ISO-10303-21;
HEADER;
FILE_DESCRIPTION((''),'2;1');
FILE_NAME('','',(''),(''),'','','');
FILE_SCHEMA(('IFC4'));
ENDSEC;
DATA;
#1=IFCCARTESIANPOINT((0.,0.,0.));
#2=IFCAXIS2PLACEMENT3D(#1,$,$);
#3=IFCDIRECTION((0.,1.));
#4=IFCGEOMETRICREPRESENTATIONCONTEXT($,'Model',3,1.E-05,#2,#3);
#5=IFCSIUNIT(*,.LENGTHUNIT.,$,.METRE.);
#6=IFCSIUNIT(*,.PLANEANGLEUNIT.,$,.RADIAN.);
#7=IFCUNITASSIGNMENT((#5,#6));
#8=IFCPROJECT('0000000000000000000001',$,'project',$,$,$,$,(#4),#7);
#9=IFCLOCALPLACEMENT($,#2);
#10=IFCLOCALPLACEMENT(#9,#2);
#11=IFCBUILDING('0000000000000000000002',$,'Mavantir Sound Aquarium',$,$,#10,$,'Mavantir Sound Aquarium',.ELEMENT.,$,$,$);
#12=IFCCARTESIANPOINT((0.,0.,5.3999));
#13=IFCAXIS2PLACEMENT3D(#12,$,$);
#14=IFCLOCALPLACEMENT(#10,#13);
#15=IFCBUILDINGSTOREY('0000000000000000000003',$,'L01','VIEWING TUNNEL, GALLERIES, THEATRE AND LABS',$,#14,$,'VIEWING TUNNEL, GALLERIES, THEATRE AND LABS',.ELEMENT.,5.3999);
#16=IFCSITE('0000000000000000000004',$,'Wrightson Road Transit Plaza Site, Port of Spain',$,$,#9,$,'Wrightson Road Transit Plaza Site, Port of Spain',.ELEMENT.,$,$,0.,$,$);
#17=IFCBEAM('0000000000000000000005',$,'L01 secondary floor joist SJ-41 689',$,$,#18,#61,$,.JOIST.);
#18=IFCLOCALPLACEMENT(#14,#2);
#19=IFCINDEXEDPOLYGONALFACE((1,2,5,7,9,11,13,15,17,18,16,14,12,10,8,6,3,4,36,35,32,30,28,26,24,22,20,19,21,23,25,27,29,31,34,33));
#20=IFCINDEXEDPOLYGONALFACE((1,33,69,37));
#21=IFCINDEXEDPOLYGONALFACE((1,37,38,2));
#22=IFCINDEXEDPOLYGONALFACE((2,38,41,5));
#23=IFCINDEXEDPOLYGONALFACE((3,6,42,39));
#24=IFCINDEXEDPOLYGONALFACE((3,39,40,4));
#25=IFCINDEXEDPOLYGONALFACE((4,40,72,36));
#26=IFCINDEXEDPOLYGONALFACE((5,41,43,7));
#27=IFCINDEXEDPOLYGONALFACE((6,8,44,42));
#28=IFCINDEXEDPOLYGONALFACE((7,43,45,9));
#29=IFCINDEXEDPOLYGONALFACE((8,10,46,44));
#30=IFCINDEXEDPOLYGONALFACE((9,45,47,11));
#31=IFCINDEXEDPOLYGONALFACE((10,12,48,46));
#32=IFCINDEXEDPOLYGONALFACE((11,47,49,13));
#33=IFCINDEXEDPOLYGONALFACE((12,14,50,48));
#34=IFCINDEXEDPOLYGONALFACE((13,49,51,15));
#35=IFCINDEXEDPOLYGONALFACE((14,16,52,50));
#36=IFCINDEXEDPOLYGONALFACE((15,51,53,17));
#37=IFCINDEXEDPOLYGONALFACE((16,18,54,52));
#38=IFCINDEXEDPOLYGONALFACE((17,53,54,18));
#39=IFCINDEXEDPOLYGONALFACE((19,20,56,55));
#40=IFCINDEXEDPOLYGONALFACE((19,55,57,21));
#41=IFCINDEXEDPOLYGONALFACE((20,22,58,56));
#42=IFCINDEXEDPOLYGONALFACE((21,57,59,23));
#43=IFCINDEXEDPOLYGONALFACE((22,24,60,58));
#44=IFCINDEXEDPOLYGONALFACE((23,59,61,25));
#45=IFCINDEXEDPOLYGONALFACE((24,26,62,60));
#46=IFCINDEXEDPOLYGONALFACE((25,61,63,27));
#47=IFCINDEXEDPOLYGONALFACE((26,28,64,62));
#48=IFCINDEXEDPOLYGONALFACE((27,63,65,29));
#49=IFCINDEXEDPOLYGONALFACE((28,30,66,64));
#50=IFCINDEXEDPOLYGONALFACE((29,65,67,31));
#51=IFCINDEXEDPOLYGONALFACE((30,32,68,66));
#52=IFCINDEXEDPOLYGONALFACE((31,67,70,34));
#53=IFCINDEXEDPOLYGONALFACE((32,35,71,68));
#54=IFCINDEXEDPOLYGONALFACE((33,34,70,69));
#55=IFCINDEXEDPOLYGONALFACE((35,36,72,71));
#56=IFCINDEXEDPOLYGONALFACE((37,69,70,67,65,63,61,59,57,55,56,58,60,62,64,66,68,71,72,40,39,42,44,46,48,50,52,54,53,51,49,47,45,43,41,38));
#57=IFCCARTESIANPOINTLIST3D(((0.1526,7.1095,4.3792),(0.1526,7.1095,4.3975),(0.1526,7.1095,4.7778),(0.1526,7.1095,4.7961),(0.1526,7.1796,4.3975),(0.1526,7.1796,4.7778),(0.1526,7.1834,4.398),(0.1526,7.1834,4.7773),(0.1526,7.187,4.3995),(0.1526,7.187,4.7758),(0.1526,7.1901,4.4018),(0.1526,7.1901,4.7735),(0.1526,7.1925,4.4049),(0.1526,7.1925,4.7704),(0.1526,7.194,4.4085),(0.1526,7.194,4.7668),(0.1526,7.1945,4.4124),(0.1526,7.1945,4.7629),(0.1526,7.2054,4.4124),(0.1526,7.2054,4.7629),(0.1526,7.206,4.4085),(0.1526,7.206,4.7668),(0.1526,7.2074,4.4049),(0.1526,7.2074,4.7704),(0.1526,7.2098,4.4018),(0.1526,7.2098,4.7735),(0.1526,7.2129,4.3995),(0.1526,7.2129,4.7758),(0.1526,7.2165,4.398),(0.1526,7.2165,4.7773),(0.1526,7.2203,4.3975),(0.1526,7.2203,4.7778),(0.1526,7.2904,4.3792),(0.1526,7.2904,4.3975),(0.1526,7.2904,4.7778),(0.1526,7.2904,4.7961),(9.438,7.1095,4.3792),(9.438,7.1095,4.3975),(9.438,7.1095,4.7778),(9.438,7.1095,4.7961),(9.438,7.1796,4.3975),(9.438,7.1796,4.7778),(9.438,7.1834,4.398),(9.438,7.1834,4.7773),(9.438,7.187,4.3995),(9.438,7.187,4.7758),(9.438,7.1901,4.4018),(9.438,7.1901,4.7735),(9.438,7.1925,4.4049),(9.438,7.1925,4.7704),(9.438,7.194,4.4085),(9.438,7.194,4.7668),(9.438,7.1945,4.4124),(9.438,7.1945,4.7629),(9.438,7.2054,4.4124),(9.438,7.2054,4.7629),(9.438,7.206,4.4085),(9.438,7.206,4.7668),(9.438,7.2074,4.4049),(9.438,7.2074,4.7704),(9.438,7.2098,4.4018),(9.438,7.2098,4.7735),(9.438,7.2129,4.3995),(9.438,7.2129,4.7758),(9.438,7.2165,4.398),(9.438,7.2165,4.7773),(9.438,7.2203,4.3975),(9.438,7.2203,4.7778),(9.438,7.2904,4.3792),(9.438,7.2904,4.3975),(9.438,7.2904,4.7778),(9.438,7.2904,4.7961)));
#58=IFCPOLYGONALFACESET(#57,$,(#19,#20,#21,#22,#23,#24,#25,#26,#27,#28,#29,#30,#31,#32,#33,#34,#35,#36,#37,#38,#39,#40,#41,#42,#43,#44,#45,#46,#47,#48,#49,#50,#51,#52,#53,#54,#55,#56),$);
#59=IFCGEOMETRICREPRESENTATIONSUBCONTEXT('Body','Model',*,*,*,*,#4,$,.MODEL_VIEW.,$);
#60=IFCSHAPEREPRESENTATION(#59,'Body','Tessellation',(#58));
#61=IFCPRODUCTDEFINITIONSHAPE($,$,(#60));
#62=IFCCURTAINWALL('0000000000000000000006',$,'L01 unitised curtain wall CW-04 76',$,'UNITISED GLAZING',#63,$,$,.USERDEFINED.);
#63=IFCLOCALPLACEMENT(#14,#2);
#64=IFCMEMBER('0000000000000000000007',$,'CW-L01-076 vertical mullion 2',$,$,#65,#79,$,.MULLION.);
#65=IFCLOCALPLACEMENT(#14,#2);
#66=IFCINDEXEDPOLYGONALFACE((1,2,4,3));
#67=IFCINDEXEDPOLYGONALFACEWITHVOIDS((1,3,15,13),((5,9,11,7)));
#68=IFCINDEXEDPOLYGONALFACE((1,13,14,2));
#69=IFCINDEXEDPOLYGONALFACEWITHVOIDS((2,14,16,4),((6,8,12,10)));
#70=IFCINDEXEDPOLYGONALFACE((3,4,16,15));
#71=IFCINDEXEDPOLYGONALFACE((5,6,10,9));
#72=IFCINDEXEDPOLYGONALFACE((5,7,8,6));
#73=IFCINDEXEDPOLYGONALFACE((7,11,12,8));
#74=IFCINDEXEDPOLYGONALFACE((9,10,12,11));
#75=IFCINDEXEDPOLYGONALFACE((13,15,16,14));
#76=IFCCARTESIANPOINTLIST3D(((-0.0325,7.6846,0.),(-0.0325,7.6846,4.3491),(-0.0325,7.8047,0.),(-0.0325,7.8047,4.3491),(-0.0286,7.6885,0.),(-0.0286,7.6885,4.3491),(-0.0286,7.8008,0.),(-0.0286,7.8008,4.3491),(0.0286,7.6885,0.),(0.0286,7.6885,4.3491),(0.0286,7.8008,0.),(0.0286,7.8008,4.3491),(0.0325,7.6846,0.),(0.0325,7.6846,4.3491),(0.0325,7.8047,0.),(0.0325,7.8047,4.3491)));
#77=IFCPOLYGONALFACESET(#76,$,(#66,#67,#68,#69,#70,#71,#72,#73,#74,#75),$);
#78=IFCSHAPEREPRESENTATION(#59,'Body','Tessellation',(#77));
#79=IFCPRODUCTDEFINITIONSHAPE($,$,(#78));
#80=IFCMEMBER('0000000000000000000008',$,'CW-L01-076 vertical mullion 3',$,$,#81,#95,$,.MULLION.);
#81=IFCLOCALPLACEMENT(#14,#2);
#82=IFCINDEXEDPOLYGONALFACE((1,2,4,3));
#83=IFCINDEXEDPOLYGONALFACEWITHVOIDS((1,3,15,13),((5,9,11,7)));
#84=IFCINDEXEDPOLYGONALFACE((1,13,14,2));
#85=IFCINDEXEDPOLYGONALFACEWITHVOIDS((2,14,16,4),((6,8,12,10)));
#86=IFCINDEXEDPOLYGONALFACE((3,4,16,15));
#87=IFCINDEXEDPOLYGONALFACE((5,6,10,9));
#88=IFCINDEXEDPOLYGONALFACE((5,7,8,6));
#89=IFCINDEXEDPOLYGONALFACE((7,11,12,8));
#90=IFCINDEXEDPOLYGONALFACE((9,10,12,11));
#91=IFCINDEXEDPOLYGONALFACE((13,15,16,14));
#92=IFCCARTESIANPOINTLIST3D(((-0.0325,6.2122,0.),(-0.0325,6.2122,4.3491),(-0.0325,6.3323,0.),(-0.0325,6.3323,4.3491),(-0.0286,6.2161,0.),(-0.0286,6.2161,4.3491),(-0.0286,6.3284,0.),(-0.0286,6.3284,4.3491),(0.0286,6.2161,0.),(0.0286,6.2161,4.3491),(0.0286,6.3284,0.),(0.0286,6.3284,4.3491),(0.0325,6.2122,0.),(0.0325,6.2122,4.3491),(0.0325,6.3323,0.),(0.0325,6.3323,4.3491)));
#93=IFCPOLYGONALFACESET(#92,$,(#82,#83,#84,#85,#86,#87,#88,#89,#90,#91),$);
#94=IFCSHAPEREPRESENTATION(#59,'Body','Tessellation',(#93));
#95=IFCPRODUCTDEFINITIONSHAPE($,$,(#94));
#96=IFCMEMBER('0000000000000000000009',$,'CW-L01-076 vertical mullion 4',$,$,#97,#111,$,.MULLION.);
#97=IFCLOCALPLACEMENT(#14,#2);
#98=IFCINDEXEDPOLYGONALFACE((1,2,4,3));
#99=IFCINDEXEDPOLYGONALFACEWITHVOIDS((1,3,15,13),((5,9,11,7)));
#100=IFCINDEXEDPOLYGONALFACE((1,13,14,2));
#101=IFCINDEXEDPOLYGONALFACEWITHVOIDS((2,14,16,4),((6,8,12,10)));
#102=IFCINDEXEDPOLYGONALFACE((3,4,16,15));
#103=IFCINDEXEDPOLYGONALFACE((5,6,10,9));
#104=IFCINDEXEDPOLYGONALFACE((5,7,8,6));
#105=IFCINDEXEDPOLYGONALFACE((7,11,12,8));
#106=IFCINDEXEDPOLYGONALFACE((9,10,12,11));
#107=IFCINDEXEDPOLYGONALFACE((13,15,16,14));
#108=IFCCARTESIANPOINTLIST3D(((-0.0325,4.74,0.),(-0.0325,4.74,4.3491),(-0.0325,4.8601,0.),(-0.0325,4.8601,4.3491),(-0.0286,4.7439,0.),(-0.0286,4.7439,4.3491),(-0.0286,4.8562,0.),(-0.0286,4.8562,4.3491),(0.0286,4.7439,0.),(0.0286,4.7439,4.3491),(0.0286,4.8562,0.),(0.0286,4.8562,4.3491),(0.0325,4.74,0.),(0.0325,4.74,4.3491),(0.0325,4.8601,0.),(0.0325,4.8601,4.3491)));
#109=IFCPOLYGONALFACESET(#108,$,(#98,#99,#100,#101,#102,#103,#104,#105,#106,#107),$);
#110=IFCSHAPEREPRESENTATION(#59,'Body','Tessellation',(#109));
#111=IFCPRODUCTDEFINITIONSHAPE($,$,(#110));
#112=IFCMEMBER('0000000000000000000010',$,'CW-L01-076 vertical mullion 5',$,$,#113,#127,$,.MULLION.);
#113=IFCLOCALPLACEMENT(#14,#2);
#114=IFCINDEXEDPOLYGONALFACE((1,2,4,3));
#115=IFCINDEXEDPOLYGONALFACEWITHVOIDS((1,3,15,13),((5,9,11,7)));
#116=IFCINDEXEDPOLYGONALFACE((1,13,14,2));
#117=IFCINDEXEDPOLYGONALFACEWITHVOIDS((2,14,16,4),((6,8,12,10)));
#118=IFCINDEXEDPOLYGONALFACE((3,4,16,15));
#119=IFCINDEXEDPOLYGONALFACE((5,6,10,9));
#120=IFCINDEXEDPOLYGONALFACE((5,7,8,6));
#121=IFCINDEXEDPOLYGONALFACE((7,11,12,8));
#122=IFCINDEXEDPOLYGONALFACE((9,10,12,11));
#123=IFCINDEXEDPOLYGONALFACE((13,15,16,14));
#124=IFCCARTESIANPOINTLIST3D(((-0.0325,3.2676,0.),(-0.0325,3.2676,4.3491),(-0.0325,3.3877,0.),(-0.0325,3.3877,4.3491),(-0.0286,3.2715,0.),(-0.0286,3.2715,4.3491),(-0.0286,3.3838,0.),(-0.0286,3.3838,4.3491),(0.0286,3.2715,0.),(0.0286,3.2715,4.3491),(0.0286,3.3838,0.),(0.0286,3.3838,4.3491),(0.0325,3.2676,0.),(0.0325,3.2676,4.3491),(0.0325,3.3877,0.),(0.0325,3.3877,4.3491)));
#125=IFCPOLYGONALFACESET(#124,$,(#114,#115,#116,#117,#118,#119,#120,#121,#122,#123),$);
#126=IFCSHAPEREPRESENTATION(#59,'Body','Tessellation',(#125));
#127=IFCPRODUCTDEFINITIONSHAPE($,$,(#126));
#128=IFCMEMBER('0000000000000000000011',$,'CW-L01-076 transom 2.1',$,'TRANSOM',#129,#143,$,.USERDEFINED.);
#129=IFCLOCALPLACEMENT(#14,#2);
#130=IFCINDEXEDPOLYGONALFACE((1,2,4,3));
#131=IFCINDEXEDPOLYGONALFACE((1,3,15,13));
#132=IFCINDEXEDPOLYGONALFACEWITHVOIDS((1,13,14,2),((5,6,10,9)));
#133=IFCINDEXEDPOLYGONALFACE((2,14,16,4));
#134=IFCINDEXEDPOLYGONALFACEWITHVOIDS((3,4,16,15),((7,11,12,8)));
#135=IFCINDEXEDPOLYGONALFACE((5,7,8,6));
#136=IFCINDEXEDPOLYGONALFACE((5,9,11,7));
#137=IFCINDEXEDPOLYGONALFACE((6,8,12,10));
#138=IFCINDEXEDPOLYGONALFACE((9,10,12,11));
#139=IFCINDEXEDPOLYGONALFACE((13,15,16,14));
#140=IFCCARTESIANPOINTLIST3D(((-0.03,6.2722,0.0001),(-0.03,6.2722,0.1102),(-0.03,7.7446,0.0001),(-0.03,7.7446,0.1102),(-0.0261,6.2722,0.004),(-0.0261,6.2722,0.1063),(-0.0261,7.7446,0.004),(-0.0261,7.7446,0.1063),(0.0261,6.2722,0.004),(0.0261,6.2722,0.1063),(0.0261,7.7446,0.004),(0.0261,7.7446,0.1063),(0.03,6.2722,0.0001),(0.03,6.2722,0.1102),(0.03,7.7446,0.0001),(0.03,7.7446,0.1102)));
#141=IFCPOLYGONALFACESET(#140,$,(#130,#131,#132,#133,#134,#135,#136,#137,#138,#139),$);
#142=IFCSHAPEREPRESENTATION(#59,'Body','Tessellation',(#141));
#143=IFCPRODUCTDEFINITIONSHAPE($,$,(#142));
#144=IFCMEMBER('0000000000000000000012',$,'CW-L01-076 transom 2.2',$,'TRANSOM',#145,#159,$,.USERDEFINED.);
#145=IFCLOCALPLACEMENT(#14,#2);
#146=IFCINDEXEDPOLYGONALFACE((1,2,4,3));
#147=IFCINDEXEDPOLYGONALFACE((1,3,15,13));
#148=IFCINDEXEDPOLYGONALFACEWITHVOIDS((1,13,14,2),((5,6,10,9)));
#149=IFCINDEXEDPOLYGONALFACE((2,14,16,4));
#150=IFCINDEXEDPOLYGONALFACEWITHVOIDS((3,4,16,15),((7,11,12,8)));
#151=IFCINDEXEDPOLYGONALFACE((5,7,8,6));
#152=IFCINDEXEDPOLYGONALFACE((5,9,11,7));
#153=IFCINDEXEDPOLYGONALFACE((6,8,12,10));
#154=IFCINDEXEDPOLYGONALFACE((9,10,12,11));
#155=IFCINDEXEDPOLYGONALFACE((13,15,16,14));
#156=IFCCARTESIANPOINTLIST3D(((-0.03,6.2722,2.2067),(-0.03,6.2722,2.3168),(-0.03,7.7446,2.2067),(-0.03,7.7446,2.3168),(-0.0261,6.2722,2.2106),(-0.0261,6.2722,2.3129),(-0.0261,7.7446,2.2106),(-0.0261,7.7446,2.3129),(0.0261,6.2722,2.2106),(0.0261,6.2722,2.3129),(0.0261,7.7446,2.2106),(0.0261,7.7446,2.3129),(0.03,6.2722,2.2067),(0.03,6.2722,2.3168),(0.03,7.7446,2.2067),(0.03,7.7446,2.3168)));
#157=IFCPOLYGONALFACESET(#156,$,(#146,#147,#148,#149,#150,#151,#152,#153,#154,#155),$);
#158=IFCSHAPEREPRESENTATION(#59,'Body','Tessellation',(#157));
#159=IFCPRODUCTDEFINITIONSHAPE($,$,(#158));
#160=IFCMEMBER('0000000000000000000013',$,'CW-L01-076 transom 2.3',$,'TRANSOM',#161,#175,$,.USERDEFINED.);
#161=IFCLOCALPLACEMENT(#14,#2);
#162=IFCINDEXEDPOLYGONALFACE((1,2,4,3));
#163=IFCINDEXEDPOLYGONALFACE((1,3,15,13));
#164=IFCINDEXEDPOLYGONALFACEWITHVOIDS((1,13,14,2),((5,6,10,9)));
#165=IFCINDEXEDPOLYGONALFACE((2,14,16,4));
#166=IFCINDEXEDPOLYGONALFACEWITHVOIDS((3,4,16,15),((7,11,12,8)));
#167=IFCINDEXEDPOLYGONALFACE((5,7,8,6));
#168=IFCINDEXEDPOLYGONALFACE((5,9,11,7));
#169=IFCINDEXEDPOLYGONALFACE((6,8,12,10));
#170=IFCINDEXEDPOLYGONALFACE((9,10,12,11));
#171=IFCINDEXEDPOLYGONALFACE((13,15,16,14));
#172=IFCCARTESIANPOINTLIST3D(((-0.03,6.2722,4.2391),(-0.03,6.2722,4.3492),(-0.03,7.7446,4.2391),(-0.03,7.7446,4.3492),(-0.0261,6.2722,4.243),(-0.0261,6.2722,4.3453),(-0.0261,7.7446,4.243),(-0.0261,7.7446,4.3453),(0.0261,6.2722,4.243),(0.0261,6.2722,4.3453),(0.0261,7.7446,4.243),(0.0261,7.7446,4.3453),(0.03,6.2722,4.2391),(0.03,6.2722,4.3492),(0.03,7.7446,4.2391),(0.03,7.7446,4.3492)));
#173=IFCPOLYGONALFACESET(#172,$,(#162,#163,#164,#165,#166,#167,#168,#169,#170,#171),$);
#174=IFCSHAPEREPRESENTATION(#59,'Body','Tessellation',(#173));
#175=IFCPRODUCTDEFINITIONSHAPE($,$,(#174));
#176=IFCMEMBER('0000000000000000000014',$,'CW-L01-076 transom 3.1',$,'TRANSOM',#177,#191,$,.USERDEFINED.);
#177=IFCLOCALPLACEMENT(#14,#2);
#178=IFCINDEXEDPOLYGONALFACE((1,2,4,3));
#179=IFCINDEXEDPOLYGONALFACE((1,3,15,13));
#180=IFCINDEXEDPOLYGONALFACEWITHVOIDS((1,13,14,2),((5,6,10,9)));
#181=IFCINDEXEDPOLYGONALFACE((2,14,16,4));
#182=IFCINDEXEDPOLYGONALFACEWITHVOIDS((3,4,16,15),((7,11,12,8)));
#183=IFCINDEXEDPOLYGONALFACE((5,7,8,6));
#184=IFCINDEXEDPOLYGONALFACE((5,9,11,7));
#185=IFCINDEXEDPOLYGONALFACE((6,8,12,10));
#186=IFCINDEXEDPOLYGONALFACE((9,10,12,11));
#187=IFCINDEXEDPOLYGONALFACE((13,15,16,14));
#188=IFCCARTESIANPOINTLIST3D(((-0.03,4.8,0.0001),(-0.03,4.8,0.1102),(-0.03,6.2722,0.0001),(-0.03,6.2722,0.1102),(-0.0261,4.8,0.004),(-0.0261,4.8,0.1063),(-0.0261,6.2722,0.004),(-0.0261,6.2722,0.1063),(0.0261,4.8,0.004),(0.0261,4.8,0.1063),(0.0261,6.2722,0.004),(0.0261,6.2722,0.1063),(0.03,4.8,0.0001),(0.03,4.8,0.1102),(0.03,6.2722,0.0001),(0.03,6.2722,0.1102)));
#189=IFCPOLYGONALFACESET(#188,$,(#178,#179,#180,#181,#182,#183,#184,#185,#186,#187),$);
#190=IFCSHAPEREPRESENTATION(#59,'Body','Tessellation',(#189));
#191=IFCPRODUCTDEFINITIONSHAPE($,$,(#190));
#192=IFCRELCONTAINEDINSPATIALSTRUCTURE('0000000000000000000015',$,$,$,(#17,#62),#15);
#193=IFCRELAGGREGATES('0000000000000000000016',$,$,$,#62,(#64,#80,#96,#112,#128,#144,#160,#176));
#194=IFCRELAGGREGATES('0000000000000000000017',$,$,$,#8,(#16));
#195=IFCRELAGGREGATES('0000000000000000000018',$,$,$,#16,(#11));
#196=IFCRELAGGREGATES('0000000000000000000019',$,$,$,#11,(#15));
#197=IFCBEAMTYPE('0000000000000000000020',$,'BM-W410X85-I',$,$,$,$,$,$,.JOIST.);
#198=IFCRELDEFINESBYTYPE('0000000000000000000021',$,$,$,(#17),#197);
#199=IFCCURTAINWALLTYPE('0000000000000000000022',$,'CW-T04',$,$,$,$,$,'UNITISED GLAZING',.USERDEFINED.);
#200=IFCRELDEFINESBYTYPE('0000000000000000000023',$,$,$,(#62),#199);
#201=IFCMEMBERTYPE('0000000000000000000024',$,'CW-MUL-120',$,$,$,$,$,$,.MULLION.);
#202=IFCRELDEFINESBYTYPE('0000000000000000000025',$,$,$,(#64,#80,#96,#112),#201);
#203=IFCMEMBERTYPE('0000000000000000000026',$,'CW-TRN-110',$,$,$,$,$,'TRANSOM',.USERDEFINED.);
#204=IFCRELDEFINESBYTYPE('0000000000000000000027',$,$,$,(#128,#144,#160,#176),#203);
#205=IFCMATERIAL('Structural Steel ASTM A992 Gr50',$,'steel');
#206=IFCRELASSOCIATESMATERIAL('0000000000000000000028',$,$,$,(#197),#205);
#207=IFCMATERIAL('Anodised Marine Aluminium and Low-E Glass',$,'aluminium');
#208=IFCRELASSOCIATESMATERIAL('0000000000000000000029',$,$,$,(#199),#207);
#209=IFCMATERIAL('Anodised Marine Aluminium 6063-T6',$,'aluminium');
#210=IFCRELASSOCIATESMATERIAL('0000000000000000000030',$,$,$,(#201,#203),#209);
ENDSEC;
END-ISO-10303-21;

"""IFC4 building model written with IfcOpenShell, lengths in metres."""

from ifc_helpers import new_model, si_unit, direction, frame, origin, origin_2d, place, context, subcontext, project, spatial, hollow_rectangle, i_section, extrude, material, material_profile, profile_set, type_object, element, aggregate, save


model = new_model("IFC4")

# Units and contexts
model_context = context("Model", 3, precision=1e-05, world=origin(), true_north=direction((0.0, 1.0)))
body_context = subcontext(model_context, "Body", "Model", "MODEL_VIEW")
ifc_project = project(units=[si_unit("LENGTHUNIT", "METRE"), si_unit("PLANEANGLEUNIT", "RADIAN")], contexts=[model_context])

# Site, building, storey
site_placement = place(None, origin())
site = spatial("IfcSite", under=ifc_project, at=site_placement, Name="Wrightson Road Transit Plaza Site, Port of Spain", LongName="Wrightson Road Transit Plaza Site, Port of Spain", CompositionType="ELEMENT", RefElevation=0.0)
building_placement = place(site_placement, origin())
building = spatial("IfcBuilding", under=site, at=building_placement, Name="Mavantir Sound Aquarium", LongName="Mavantir Sound Aquarium", CompositionType="ELEMENT")
storey_placement = place(building_placement, frame((0.0, 0.0, 5.3999)))
storey = spatial("IfcBuildingStorey", under=building, at=storey_placement, Name="L01", Description="VIEWING TUNNEL, GALLERIES, THEATRE AND LABS", LongName="VIEWING TUNNEL, GALLERIES, THEATRE AND LABS", CompositionType="ELEMENT", Elevation=5.3999)

# Beam
ifc_material_1 = material(Name="Structural Steel ASTM A992 Gr50", Category="steel")
ifc_material_profile_1 = material_profile(ifc_material_1, i_section(OverallWidth=0.1809, OverallDepth=0.417, WebThickness=0.011, FlangeThickness=0.0183, FilletRadius=0.0149, at=origin_2d()), Name="W410X85")
ifc_profile_set_1 = profile_set([ifc_material_profile_1], Name="Structural Steel ASTM A992 Gr50")
beam_type = type_object("IfcBeamType", Name="BM-W410X85-I", PredefinedType="JOIST", material=ifc_profile_set_1)
beam_placement = place(storey_placement, frame((0.1526, 7.2, 4.5876), z_axis=(1.0, 0.0, 0.0), x_axis=(0.0, 1.0, 0.0)))
element("IfcBeam", 1, at=beam_placement, inside=storey, type_object=beam_type, Name="L01 secondary floor joist SJ-41 689", PredefinedType="JOIST", context=body_context, shape_type="SweptSolid", body=[
    extrude(i_section(OverallWidth=0.1809, OverallDepth=0.417, WebThickness=0.011, FlangeThickness=0.0183, FilletRadius=0.0149, at=origin_2d()), origin(), (0.0, 0.0, 1.0), 9.2854),
])

# Curtain wall, members
ifc_material_2 = material(Name="Anodised Marine Aluminium and Low-E Glass", Category="aluminium")
curtain_wall_type = type_object("IfcCurtainWallType", Name="CW-T04", ElementType="UNITISED GLAZING", PredefinedType="USERDEFINED", material=ifc_material_2)
curtain_wall_placement = place(storey_placement, origin())
curtain_wall = element("IfcCurtainWall", 2, at=curtain_wall_placement, inside=storey, type_object=curtain_wall_type, Name="L01 unitised curtain wall CW-04 76", ObjectType="UNITISED GLAZING", PredefinedType="USERDEFINED")
ifc_material_3 = material(Name="Anodised Marine Aluminium 6063-T6", Category="aluminium")
ifc_material_profile_2 = material_profile(ifc_material_3, hollow_rectangle(XDim=0.0649, YDim=0.1201, WallThickness=0.0039, at=origin_2d()), Name="ALU-MULLION-120X65")
ifc_profile_set_2 = profile_set([ifc_material_profile_2], Name="Anodised Marine Aluminium 6063-T6")
member_type_1 = type_object("IfcMemberType", Name="CW-MUL-120", PredefinedType="MULLION", material=ifc_profile_set_2)
member_1_placement = place(storey_placement, frame((0.0, 7.7446, 0.0), z_axis=(0.0, 0.0, 1.0), x_axis=(1.0, 0.0, 0.0)))
member_1 = element("IfcMember", 3, at=member_1_placement, type_object=member_type_1, Name="CW-L01-076 vertical mullion 2", PredefinedType="MULLION", context=body_context, shape_type="SweptSolid", body=[
    extrude(hollow_rectangle(XDim=0.0649, YDim=0.1201, WallThickness=0.0039, at=origin_2d()), origin(), (0.0, 0.0, 1.0), 4.3491),
])
member_2_placement = place(storey_placement, frame((0.0, 6.2722, 0.0), z_axis=(0.0, 0.0, 1.0), x_axis=(1.0, 0.0, 0.0)))
member_2 = element("IfcMember", 4, at=member_2_placement, type_object=member_type_1, Name="CW-L01-076 vertical mullion 3", PredefinedType="MULLION", context=body_context, shape_type="SweptSolid", body=[
    extrude(hollow_rectangle(XDim=0.0649, YDim=0.1201, WallThickness=0.0039, at=origin_2d()), origin(), (0.0, 0.0, 1.0), 4.3491),
])
member_3_placement = place(storey_placement, frame((0.0, 4.8, 0.0), z_axis=(0.0, 0.0, 1.0), x_axis=(1.0, 0.0, 0.0)))
member_3 = element("IfcMember", 5, at=member_3_placement, type_object=member_type_1, Name="CW-L01-076 vertical mullion 4", PredefinedType="MULLION", context=body_context, shape_type="SweptSolid", body=[
    extrude(hollow_rectangle(XDim=0.0649, YDim=0.1201, WallThickness=0.0039, at=origin_2d()), origin(), (0.0, 0.0, 1.0), 4.3491),
])
member_4_placement = place(storey_placement, frame((0.0, 3.3276, 0.0), z_axis=(0.0, 0.0, 1.0), x_axis=(1.0, 0.0, 0.0)))
member_4 = element("IfcMember", 6, at=member_4_placement, type_object=member_type_1, Name="CW-L01-076 vertical mullion 5", PredefinedType="MULLION", context=body_context, shape_type="SweptSolid", body=[
    extrude(hollow_rectangle(XDim=0.0649, YDim=0.1201, WallThickness=0.0039, at=origin_2d()), origin(), (0.0, 0.0, 1.0), 4.3491),
])
ifc_material_profile_3 = material_profile(ifc_material_3, hollow_rectangle(XDim=0.0601, YDim=0.1101, WallThickness=0.0039, at=origin_2d()), Name="ALU-TRANSOM-110X60")
ifc_profile_set_3 = profile_set([ifc_material_profile_3], Name="Anodised Marine Aluminium 6063-T6")
member_type_2 = type_object("IfcMemberType", Name="CW-TRN-110", ElementType="TRANSOM", PredefinedType="USERDEFINED", material=ifc_profile_set_3)
member_5_placement = place(storey_placement, frame((0.0, 7.7446, 0.0552), z_axis=(0.0, -1.0, 0.0), x_axis=(1.0, 0.0, 0.0)))
member_5 = element("IfcMember", 7, at=member_5_placement, type_object=member_type_2, Name="CW-L01-076 transom 2.1", ObjectType="TRANSOM", PredefinedType="USERDEFINED", context=body_context, shape_type="SweptSolid", body=[
    extrude(hollow_rectangle(XDim=0.0601, YDim=0.1101, WallThickness=0.0039, at=origin_2d()), origin(), (0.0, 0.0, 1.0), 1.4724),
])
member_6_placement = place(storey_placement, frame((0.0, 7.7446, 2.2617), z_axis=(0.0, -1.0, 0.0), x_axis=(1.0, 0.0, 0.0)))
member_6 = element("IfcMember", 8, at=member_6_placement, type_object=member_type_2, Name="CW-L01-076 transom 2.2", ObjectType="TRANSOM", PredefinedType="USERDEFINED", context=body_context, shape_type="SweptSolid", body=[
    extrude(hollow_rectangle(XDim=0.0601, YDim=0.1101, WallThickness=0.0039, at=origin_2d()), origin(), (0.0, 0.0, 1.0), 1.4724),
])
member_7_placement = place(storey_placement, frame((0.0, 7.7446, 4.2942), z_axis=(0.0, -1.0, 0.0), x_axis=(1.0, 0.0, 0.0)))
member_7 = element("IfcMember", 9, at=member_7_placement, type_object=member_type_2, Name="CW-L01-076 transom 2.3", ObjectType="TRANSOM", PredefinedType="USERDEFINED", context=body_context, shape_type="SweptSolid", body=[
    extrude(hollow_rectangle(XDim=0.0601, YDim=0.1101, WallThickness=0.0039, at=origin_2d()), origin(), (0.0, 0.0, 1.0), 1.4724),
])
member_8_placement = place(storey_placement, frame((0.0, 6.2722, 0.0552), z_axis=(0.0, -1.0, 0.0), x_axis=(1.0, 0.0, 0.0)))
member_8 = element("IfcMember", 10, at=member_8_placement, type_object=member_type_2, Name="CW-L01-076 transom 3.1", ObjectType="TRANSOM", PredefinedType="USERDEFINED", context=body_context, shape_type="SweptSolid", body=[
    extrude(hollow_rectangle(XDim=0.0601, YDim=0.1101, WallThickness=0.0039, at=origin_2d()), origin(), (0.0, 0.0, 1.0), 1.4722),
])
aggregate(curtain_wall, [member_1, member_2, member_3, member_4, member_5, member_6, member_7, member_8])

save(model, "model.ifc")
